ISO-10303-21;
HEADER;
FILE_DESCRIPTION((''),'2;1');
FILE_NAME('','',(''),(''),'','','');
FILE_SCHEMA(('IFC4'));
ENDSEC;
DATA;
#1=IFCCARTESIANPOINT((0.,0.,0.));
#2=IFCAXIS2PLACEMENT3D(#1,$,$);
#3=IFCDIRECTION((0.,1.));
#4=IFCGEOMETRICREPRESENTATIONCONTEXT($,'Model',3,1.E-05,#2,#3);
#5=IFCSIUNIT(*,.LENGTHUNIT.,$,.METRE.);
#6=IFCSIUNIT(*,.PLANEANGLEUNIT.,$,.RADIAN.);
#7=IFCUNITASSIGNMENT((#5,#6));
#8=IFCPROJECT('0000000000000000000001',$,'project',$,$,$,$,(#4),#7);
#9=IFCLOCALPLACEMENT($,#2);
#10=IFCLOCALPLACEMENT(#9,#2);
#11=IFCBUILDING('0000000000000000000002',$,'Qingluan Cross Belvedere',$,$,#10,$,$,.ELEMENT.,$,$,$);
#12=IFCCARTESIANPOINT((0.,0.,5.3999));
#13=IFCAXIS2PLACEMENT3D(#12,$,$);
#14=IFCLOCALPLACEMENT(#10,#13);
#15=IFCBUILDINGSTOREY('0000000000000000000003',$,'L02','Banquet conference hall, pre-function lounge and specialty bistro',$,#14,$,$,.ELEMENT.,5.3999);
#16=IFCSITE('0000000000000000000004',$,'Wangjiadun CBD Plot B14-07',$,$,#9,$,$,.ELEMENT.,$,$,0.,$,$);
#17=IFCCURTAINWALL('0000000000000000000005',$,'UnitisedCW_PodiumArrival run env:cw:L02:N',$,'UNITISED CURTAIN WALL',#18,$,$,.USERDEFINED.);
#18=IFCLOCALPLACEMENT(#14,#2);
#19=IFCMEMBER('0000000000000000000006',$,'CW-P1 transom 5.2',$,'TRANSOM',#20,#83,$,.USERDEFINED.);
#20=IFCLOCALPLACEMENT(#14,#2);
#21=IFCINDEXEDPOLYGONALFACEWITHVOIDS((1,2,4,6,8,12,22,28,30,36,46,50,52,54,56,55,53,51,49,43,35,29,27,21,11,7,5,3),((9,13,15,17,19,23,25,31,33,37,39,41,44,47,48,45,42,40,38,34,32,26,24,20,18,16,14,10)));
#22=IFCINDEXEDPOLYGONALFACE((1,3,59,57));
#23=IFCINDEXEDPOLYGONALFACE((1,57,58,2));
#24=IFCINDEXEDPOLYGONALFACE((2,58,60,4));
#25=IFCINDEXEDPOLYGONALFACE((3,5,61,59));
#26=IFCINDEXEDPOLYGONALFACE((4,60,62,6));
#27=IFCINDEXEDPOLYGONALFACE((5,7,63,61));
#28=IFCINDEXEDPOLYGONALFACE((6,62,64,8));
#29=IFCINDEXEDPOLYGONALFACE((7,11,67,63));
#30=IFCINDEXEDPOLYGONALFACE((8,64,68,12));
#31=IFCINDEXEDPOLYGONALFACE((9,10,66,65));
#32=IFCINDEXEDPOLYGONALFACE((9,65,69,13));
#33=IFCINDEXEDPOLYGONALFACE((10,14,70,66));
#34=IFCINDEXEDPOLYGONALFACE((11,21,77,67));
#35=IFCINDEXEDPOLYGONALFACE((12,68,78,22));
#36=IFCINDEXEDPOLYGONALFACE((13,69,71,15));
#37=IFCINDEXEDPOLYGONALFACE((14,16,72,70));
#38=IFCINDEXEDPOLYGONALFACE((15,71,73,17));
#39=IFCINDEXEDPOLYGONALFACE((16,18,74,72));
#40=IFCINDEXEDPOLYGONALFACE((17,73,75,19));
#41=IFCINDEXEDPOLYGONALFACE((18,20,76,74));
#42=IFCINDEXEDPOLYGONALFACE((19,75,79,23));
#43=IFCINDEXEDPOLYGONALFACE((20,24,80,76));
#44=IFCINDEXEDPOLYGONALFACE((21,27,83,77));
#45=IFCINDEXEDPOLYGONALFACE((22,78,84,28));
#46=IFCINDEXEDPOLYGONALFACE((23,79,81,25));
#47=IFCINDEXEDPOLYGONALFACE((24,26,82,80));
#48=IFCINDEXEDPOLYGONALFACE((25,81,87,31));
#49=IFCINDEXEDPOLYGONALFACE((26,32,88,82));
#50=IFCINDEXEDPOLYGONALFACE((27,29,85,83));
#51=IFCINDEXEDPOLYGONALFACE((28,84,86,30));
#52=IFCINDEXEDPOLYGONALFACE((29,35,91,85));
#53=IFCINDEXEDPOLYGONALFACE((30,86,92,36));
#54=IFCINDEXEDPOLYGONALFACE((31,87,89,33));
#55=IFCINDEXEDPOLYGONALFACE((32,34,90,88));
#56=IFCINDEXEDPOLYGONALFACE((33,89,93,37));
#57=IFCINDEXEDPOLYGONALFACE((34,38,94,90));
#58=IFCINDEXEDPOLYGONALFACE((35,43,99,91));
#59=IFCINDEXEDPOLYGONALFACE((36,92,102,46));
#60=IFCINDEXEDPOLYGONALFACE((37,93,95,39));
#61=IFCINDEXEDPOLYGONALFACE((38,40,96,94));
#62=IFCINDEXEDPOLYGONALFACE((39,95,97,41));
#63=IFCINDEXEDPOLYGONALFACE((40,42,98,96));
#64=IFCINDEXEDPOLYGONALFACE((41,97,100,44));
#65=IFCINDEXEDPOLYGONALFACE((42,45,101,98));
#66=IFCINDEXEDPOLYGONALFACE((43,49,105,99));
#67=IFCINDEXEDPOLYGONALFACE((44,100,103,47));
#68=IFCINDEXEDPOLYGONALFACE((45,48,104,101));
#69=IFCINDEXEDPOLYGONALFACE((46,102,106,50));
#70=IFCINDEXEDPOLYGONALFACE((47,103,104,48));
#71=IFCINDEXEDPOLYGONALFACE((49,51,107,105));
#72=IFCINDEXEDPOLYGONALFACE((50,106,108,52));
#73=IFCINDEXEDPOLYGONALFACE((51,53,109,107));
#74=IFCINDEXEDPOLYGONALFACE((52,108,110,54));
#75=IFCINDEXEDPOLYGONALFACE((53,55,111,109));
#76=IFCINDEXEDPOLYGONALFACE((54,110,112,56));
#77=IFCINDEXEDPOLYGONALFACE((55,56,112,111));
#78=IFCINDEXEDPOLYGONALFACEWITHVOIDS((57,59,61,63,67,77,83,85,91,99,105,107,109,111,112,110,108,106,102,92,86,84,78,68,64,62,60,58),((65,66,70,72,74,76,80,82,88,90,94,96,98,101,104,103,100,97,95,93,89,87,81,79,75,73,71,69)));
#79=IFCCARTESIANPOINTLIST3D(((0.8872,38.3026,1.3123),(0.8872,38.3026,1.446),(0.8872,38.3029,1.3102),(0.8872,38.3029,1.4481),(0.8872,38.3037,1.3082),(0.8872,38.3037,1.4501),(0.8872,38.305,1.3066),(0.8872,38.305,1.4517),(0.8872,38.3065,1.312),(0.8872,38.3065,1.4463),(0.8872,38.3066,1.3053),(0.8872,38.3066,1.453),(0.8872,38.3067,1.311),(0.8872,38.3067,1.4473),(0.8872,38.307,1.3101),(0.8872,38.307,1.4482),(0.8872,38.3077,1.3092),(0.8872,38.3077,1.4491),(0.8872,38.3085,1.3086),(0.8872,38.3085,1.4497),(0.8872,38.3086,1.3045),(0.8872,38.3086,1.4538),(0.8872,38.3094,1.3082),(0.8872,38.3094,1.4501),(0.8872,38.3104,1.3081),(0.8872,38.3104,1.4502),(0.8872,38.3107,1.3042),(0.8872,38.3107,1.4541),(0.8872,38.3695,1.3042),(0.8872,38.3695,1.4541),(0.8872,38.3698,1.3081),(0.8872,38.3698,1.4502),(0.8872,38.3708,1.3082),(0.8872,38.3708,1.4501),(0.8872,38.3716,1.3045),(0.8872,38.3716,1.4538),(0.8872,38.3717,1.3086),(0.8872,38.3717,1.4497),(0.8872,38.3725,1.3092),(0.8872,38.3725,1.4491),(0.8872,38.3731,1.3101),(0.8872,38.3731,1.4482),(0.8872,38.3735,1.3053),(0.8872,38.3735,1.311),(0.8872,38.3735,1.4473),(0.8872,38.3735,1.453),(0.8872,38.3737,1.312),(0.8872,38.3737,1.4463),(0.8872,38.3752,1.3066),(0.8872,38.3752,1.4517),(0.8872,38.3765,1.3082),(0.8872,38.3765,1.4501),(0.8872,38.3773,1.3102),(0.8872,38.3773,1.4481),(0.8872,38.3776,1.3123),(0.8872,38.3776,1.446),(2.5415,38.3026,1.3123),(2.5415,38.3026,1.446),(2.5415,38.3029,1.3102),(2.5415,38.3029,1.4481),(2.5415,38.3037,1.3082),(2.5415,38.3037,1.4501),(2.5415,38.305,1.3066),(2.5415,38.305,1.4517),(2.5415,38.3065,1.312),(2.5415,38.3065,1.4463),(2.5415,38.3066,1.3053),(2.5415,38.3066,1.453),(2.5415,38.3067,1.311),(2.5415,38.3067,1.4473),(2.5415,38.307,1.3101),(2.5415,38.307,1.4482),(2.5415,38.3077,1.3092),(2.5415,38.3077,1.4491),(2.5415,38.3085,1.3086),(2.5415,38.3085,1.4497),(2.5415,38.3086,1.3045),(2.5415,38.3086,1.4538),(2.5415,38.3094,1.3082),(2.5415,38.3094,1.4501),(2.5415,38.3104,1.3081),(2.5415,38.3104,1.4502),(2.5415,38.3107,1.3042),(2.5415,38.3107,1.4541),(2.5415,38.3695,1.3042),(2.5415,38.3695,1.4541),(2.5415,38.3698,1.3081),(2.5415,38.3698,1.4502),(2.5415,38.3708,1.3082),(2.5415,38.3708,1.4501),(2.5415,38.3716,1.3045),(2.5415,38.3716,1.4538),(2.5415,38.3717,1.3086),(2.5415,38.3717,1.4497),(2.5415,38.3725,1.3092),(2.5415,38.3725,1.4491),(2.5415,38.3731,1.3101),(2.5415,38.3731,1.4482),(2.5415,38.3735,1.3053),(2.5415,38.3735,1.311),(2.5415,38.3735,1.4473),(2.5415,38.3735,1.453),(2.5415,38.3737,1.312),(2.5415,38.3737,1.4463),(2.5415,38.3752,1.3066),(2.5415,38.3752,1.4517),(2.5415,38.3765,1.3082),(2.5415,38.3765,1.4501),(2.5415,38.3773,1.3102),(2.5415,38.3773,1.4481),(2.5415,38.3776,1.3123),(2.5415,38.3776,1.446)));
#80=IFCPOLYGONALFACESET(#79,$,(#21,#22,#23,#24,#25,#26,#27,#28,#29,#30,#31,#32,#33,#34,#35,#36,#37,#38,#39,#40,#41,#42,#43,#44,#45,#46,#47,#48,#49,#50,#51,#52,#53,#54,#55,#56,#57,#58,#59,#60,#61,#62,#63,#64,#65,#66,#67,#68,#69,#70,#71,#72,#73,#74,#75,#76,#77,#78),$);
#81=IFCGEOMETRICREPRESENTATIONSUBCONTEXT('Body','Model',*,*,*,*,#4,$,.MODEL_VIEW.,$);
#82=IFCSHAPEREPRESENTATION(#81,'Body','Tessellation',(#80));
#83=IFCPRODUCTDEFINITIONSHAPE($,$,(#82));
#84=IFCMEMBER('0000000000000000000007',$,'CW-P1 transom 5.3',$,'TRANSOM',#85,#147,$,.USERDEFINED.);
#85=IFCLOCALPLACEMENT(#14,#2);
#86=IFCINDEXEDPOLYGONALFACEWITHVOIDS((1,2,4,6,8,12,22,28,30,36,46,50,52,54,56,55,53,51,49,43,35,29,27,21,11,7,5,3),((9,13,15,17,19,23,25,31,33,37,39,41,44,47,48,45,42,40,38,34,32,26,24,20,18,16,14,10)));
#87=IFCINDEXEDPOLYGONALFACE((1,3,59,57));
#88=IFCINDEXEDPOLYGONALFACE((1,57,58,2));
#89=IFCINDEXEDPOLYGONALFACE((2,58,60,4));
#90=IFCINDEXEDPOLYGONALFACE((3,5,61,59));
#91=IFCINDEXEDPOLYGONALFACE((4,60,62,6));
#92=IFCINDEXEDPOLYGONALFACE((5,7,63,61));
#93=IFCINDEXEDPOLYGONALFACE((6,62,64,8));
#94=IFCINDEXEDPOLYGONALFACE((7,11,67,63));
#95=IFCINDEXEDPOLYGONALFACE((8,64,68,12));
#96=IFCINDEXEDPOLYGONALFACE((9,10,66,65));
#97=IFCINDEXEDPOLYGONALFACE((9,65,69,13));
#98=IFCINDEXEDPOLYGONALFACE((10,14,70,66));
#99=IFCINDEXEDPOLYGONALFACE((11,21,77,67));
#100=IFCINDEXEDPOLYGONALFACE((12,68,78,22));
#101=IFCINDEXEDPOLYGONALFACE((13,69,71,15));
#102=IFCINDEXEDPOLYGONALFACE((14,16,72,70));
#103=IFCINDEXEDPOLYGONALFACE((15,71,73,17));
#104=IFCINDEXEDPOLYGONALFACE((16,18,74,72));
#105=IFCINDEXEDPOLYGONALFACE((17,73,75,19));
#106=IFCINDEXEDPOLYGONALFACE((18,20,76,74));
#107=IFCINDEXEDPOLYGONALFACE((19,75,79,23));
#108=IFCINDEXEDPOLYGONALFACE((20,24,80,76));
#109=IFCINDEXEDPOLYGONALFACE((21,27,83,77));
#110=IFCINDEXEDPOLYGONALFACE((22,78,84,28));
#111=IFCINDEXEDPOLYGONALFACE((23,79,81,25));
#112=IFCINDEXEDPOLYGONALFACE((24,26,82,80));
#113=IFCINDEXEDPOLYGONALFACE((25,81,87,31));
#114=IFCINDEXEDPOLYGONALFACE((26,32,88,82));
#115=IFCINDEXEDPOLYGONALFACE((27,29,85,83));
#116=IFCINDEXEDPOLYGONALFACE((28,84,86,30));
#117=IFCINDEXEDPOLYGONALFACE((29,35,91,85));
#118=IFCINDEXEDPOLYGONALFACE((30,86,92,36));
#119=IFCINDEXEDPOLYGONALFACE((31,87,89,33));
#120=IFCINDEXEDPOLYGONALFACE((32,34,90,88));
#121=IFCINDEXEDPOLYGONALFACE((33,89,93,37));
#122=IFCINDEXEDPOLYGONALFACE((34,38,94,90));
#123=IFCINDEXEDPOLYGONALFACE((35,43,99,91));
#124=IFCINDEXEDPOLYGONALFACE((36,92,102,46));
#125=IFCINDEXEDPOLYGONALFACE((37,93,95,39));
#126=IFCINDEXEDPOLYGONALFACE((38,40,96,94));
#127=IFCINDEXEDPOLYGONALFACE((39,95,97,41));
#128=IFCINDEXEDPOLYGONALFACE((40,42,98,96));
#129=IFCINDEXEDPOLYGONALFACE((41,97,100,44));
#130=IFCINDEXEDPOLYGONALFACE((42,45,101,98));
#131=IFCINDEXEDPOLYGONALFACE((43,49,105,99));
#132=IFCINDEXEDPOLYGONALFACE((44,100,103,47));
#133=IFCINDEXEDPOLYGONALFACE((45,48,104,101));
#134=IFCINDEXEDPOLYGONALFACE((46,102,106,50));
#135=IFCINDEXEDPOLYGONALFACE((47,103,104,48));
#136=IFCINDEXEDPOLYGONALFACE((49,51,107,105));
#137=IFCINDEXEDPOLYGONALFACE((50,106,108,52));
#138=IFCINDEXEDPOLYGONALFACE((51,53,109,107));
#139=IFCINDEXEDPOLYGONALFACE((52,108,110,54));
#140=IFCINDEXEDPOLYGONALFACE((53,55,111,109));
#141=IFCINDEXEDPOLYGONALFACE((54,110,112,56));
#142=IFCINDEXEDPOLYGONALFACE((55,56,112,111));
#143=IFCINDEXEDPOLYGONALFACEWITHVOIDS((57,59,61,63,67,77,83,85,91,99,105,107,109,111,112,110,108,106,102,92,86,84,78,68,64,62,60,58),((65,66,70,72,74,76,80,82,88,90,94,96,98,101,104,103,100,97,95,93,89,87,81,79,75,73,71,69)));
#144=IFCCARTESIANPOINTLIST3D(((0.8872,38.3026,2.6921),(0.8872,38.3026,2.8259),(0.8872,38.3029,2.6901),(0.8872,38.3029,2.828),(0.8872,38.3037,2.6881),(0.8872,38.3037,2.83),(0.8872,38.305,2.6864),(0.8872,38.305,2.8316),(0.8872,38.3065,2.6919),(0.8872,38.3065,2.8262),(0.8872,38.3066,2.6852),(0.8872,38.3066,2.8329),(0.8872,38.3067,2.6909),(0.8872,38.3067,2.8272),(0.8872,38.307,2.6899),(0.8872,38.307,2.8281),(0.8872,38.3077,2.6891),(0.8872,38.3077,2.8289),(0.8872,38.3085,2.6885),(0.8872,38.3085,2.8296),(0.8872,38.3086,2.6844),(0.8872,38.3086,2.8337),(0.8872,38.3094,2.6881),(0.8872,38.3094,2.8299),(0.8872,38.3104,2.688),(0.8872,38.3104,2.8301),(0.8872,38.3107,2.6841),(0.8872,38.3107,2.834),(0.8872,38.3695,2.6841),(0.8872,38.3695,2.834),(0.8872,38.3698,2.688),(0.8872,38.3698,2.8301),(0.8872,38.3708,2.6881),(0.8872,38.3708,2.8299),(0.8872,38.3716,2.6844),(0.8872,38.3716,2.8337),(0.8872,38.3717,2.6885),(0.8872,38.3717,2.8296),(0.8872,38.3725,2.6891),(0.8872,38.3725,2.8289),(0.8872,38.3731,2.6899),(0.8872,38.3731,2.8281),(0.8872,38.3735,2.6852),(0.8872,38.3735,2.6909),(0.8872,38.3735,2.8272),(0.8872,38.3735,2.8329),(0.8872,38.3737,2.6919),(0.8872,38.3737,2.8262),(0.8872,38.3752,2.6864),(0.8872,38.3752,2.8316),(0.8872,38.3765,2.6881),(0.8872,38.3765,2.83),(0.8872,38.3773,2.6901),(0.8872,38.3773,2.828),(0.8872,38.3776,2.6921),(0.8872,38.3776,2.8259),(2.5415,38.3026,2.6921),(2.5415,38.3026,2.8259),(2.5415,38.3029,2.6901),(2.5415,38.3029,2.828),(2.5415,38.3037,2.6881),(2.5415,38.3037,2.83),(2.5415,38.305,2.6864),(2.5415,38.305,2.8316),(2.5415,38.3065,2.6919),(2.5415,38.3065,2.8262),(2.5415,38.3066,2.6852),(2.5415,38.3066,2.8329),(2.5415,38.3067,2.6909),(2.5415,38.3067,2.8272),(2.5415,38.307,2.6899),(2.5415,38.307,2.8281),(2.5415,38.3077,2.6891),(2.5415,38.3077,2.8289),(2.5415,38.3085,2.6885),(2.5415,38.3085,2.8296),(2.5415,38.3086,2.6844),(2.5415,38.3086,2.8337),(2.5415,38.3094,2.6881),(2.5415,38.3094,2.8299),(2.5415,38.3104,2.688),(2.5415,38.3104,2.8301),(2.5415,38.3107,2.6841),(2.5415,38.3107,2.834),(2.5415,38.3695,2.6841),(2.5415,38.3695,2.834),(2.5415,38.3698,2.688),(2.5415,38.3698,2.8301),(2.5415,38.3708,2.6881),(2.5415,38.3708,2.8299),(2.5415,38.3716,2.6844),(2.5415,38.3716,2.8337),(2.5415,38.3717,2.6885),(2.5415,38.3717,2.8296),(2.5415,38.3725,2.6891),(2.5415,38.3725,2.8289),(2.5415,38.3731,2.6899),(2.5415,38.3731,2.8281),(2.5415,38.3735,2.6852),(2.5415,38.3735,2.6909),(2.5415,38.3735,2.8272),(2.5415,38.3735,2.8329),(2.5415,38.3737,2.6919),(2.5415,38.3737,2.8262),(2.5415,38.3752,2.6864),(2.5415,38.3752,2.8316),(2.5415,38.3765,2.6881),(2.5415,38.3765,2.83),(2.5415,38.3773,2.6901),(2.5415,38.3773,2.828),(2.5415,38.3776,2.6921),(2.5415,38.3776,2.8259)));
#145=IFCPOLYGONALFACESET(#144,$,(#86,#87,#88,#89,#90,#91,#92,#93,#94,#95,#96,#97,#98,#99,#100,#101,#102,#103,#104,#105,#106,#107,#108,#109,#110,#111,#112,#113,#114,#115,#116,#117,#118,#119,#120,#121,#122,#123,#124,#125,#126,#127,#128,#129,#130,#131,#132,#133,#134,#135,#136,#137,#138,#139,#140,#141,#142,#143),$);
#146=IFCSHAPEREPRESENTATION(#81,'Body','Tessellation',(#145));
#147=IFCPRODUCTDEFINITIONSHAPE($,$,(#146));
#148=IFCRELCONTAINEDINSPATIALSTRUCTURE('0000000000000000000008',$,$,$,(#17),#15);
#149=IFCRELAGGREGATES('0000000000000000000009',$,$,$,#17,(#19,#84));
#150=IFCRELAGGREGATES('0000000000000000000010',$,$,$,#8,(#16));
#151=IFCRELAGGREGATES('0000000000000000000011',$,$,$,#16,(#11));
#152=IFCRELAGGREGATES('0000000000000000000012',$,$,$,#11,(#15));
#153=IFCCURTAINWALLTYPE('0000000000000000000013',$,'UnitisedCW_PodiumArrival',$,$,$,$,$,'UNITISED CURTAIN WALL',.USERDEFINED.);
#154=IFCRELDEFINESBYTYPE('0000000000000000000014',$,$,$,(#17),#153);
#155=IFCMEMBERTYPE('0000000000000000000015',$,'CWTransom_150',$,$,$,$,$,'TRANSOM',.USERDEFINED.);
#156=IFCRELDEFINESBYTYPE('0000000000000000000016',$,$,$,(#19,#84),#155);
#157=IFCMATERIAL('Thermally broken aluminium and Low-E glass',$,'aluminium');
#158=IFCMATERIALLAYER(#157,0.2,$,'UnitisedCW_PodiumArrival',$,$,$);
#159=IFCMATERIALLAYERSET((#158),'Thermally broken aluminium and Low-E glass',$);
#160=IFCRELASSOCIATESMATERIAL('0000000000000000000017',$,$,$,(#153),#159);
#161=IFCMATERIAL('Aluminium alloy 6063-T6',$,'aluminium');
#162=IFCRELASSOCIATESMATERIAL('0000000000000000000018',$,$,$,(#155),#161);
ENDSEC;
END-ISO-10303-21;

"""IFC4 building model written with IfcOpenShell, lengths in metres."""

from ifc_helpers import new_model, si_unit, direction, frame, origin, origin_2d, place, context, subcontext, project, spatial, hollow_rectangle, extrude, material, layer, layer_set, material_profile, profile_set, type_object, element, aggregate, save


model = new_model("IFC4")

# Units and contexts
model_context = context("Model", 3, precision=1e-05, world=origin(), true_north=direction((0.0, 1.0)))
body_context = subcontext(model_context, "Body", "Model", "MODEL_VIEW")
ifc_project = project(units=[si_unit("LENGTHUNIT", "METRE"), si_unit("PLANEANGLEUNIT", "RADIAN")], contexts=[model_context])

# Site, building, storey
site_placement = place(None, origin())
site = spatial("IfcSite", under=ifc_project, at=site_placement, Name="Wangjiadun CBD Plot B14-07", CompositionType="ELEMENT", RefElevation=0.0)
building_placement = place(site_placement, origin())
building = spatial("IfcBuilding", under=site, at=building_placement, Name="Qingluan Cross Belvedere", CompositionType="ELEMENT")
storey_placement = place(building_placement, frame((0.0, 0.0, 5.3999)))
storey = spatial("IfcBuildingStorey", under=building, at=storey_placement, Name="L02", Description="Banquet conference hall, pre-function lounge and specialty bistro", CompositionType="ELEMENT", Elevation=5.3999)

# Curtain wall, members
ifc_material_1 = material(Name="Thermally broken aluminium and Low-E glass", Category="aluminium")
ifc_layer_1 = layer(ifc_material_1, 0.2, Name="UnitisedCW_PodiumArrival")
ifc_layer_set_1 = layer_set([ifc_layer_1], Name="Thermally broken aluminium and Low-E glass")
curtain_wall_type = type_object("IfcCurtainWallType", Name="UnitisedCW_PodiumArrival", ElementType="UNITISED CURTAIN WALL", PredefinedType="USERDEFINED", material=ifc_layer_set_1)
curtain_wall_placement = place(storey_placement, origin())
curtain_wall = element("IfcCurtainWall", 1, at=curtain_wall_placement, inside=storey, type_object=curtain_wall_type, Name="UnitisedCW_PodiumArrival run env:cw:L02:N", ObjectType="UNITISED CURTAIN WALL", PredefinedType="USERDEFINED")
ifc_material_2 = material(Name="Aluminium alloy 6063-T6", Category="aluminium")
ifc_material_profile_1 = material_profile(ifc_material_2, hollow_rectangle(XDim=0.075, YDim=0.1499, WallThickness=0.0039, InnerFilletRadius=0.0039, OuterFilletRadius=0.0081, at=origin_2d()), Name="CWT150x75x4")
ifc_profile_set_1 = profile_set([ifc_material_profile_1], Name="Aluminium alloy 6063-T6")
member_type_1 = type_object("IfcMemberType", Name="CWTransom_150", ElementType="TRANSOM", PredefinedType="USERDEFINED", material=ifc_profile_set_1)
member_1_placement = place(storey_placement, frame((0.8872, 38.3401, 1.3792), z_axis=(1.0, 0.0, 0.0), x_axis=(0.0, 1.0, 0.0)))
member_1 = element("IfcMember", 2, at=member_1_placement, type_object=member_type_1, Name="CW-P1 transom 5.2", ObjectType="TRANSOM", PredefinedType="USERDEFINED", context=body_context, shape_type="SweptSolid", body=[
    extrude(hollow_rectangle(XDim=0.075, YDim=0.1499, WallThickness=0.0039, InnerFilletRadius=0.0039, OuterFilletRadius=0.0081, at=origin_2d()), origin(), (0.0, 0.0, 1.0), 1.6543),
])
member_2_placement = place(storey_placement, frame((0.8872, 38.3401, 2.759), z_axis=(1.0, 0.0, 0.0), x_axis=(0.0, 1.0, 0.0)))
member_2 = element("IfcMember", 3, at=member_2_placement, type_object=member_type_1, Name="CW-P1 transom 5.3", ObjectType="TRANSOM", PredefinedType="USERDEFINED", context=body_context, shape_type="SweptSolid", body=[
    extrude(hollow_rectangle(XDim=0.075, YDim=0.1499, WallThickness=0.0039, InnerFilletRadius=0.0039, OuterFilletRadius=0.0081, at=origin_2d()), origin(), (0.0, 0.0, 1.0), 1.6543),
])

aggregate(curtain_wall, [member_1, member_2])

save(model, "model.ifc")
